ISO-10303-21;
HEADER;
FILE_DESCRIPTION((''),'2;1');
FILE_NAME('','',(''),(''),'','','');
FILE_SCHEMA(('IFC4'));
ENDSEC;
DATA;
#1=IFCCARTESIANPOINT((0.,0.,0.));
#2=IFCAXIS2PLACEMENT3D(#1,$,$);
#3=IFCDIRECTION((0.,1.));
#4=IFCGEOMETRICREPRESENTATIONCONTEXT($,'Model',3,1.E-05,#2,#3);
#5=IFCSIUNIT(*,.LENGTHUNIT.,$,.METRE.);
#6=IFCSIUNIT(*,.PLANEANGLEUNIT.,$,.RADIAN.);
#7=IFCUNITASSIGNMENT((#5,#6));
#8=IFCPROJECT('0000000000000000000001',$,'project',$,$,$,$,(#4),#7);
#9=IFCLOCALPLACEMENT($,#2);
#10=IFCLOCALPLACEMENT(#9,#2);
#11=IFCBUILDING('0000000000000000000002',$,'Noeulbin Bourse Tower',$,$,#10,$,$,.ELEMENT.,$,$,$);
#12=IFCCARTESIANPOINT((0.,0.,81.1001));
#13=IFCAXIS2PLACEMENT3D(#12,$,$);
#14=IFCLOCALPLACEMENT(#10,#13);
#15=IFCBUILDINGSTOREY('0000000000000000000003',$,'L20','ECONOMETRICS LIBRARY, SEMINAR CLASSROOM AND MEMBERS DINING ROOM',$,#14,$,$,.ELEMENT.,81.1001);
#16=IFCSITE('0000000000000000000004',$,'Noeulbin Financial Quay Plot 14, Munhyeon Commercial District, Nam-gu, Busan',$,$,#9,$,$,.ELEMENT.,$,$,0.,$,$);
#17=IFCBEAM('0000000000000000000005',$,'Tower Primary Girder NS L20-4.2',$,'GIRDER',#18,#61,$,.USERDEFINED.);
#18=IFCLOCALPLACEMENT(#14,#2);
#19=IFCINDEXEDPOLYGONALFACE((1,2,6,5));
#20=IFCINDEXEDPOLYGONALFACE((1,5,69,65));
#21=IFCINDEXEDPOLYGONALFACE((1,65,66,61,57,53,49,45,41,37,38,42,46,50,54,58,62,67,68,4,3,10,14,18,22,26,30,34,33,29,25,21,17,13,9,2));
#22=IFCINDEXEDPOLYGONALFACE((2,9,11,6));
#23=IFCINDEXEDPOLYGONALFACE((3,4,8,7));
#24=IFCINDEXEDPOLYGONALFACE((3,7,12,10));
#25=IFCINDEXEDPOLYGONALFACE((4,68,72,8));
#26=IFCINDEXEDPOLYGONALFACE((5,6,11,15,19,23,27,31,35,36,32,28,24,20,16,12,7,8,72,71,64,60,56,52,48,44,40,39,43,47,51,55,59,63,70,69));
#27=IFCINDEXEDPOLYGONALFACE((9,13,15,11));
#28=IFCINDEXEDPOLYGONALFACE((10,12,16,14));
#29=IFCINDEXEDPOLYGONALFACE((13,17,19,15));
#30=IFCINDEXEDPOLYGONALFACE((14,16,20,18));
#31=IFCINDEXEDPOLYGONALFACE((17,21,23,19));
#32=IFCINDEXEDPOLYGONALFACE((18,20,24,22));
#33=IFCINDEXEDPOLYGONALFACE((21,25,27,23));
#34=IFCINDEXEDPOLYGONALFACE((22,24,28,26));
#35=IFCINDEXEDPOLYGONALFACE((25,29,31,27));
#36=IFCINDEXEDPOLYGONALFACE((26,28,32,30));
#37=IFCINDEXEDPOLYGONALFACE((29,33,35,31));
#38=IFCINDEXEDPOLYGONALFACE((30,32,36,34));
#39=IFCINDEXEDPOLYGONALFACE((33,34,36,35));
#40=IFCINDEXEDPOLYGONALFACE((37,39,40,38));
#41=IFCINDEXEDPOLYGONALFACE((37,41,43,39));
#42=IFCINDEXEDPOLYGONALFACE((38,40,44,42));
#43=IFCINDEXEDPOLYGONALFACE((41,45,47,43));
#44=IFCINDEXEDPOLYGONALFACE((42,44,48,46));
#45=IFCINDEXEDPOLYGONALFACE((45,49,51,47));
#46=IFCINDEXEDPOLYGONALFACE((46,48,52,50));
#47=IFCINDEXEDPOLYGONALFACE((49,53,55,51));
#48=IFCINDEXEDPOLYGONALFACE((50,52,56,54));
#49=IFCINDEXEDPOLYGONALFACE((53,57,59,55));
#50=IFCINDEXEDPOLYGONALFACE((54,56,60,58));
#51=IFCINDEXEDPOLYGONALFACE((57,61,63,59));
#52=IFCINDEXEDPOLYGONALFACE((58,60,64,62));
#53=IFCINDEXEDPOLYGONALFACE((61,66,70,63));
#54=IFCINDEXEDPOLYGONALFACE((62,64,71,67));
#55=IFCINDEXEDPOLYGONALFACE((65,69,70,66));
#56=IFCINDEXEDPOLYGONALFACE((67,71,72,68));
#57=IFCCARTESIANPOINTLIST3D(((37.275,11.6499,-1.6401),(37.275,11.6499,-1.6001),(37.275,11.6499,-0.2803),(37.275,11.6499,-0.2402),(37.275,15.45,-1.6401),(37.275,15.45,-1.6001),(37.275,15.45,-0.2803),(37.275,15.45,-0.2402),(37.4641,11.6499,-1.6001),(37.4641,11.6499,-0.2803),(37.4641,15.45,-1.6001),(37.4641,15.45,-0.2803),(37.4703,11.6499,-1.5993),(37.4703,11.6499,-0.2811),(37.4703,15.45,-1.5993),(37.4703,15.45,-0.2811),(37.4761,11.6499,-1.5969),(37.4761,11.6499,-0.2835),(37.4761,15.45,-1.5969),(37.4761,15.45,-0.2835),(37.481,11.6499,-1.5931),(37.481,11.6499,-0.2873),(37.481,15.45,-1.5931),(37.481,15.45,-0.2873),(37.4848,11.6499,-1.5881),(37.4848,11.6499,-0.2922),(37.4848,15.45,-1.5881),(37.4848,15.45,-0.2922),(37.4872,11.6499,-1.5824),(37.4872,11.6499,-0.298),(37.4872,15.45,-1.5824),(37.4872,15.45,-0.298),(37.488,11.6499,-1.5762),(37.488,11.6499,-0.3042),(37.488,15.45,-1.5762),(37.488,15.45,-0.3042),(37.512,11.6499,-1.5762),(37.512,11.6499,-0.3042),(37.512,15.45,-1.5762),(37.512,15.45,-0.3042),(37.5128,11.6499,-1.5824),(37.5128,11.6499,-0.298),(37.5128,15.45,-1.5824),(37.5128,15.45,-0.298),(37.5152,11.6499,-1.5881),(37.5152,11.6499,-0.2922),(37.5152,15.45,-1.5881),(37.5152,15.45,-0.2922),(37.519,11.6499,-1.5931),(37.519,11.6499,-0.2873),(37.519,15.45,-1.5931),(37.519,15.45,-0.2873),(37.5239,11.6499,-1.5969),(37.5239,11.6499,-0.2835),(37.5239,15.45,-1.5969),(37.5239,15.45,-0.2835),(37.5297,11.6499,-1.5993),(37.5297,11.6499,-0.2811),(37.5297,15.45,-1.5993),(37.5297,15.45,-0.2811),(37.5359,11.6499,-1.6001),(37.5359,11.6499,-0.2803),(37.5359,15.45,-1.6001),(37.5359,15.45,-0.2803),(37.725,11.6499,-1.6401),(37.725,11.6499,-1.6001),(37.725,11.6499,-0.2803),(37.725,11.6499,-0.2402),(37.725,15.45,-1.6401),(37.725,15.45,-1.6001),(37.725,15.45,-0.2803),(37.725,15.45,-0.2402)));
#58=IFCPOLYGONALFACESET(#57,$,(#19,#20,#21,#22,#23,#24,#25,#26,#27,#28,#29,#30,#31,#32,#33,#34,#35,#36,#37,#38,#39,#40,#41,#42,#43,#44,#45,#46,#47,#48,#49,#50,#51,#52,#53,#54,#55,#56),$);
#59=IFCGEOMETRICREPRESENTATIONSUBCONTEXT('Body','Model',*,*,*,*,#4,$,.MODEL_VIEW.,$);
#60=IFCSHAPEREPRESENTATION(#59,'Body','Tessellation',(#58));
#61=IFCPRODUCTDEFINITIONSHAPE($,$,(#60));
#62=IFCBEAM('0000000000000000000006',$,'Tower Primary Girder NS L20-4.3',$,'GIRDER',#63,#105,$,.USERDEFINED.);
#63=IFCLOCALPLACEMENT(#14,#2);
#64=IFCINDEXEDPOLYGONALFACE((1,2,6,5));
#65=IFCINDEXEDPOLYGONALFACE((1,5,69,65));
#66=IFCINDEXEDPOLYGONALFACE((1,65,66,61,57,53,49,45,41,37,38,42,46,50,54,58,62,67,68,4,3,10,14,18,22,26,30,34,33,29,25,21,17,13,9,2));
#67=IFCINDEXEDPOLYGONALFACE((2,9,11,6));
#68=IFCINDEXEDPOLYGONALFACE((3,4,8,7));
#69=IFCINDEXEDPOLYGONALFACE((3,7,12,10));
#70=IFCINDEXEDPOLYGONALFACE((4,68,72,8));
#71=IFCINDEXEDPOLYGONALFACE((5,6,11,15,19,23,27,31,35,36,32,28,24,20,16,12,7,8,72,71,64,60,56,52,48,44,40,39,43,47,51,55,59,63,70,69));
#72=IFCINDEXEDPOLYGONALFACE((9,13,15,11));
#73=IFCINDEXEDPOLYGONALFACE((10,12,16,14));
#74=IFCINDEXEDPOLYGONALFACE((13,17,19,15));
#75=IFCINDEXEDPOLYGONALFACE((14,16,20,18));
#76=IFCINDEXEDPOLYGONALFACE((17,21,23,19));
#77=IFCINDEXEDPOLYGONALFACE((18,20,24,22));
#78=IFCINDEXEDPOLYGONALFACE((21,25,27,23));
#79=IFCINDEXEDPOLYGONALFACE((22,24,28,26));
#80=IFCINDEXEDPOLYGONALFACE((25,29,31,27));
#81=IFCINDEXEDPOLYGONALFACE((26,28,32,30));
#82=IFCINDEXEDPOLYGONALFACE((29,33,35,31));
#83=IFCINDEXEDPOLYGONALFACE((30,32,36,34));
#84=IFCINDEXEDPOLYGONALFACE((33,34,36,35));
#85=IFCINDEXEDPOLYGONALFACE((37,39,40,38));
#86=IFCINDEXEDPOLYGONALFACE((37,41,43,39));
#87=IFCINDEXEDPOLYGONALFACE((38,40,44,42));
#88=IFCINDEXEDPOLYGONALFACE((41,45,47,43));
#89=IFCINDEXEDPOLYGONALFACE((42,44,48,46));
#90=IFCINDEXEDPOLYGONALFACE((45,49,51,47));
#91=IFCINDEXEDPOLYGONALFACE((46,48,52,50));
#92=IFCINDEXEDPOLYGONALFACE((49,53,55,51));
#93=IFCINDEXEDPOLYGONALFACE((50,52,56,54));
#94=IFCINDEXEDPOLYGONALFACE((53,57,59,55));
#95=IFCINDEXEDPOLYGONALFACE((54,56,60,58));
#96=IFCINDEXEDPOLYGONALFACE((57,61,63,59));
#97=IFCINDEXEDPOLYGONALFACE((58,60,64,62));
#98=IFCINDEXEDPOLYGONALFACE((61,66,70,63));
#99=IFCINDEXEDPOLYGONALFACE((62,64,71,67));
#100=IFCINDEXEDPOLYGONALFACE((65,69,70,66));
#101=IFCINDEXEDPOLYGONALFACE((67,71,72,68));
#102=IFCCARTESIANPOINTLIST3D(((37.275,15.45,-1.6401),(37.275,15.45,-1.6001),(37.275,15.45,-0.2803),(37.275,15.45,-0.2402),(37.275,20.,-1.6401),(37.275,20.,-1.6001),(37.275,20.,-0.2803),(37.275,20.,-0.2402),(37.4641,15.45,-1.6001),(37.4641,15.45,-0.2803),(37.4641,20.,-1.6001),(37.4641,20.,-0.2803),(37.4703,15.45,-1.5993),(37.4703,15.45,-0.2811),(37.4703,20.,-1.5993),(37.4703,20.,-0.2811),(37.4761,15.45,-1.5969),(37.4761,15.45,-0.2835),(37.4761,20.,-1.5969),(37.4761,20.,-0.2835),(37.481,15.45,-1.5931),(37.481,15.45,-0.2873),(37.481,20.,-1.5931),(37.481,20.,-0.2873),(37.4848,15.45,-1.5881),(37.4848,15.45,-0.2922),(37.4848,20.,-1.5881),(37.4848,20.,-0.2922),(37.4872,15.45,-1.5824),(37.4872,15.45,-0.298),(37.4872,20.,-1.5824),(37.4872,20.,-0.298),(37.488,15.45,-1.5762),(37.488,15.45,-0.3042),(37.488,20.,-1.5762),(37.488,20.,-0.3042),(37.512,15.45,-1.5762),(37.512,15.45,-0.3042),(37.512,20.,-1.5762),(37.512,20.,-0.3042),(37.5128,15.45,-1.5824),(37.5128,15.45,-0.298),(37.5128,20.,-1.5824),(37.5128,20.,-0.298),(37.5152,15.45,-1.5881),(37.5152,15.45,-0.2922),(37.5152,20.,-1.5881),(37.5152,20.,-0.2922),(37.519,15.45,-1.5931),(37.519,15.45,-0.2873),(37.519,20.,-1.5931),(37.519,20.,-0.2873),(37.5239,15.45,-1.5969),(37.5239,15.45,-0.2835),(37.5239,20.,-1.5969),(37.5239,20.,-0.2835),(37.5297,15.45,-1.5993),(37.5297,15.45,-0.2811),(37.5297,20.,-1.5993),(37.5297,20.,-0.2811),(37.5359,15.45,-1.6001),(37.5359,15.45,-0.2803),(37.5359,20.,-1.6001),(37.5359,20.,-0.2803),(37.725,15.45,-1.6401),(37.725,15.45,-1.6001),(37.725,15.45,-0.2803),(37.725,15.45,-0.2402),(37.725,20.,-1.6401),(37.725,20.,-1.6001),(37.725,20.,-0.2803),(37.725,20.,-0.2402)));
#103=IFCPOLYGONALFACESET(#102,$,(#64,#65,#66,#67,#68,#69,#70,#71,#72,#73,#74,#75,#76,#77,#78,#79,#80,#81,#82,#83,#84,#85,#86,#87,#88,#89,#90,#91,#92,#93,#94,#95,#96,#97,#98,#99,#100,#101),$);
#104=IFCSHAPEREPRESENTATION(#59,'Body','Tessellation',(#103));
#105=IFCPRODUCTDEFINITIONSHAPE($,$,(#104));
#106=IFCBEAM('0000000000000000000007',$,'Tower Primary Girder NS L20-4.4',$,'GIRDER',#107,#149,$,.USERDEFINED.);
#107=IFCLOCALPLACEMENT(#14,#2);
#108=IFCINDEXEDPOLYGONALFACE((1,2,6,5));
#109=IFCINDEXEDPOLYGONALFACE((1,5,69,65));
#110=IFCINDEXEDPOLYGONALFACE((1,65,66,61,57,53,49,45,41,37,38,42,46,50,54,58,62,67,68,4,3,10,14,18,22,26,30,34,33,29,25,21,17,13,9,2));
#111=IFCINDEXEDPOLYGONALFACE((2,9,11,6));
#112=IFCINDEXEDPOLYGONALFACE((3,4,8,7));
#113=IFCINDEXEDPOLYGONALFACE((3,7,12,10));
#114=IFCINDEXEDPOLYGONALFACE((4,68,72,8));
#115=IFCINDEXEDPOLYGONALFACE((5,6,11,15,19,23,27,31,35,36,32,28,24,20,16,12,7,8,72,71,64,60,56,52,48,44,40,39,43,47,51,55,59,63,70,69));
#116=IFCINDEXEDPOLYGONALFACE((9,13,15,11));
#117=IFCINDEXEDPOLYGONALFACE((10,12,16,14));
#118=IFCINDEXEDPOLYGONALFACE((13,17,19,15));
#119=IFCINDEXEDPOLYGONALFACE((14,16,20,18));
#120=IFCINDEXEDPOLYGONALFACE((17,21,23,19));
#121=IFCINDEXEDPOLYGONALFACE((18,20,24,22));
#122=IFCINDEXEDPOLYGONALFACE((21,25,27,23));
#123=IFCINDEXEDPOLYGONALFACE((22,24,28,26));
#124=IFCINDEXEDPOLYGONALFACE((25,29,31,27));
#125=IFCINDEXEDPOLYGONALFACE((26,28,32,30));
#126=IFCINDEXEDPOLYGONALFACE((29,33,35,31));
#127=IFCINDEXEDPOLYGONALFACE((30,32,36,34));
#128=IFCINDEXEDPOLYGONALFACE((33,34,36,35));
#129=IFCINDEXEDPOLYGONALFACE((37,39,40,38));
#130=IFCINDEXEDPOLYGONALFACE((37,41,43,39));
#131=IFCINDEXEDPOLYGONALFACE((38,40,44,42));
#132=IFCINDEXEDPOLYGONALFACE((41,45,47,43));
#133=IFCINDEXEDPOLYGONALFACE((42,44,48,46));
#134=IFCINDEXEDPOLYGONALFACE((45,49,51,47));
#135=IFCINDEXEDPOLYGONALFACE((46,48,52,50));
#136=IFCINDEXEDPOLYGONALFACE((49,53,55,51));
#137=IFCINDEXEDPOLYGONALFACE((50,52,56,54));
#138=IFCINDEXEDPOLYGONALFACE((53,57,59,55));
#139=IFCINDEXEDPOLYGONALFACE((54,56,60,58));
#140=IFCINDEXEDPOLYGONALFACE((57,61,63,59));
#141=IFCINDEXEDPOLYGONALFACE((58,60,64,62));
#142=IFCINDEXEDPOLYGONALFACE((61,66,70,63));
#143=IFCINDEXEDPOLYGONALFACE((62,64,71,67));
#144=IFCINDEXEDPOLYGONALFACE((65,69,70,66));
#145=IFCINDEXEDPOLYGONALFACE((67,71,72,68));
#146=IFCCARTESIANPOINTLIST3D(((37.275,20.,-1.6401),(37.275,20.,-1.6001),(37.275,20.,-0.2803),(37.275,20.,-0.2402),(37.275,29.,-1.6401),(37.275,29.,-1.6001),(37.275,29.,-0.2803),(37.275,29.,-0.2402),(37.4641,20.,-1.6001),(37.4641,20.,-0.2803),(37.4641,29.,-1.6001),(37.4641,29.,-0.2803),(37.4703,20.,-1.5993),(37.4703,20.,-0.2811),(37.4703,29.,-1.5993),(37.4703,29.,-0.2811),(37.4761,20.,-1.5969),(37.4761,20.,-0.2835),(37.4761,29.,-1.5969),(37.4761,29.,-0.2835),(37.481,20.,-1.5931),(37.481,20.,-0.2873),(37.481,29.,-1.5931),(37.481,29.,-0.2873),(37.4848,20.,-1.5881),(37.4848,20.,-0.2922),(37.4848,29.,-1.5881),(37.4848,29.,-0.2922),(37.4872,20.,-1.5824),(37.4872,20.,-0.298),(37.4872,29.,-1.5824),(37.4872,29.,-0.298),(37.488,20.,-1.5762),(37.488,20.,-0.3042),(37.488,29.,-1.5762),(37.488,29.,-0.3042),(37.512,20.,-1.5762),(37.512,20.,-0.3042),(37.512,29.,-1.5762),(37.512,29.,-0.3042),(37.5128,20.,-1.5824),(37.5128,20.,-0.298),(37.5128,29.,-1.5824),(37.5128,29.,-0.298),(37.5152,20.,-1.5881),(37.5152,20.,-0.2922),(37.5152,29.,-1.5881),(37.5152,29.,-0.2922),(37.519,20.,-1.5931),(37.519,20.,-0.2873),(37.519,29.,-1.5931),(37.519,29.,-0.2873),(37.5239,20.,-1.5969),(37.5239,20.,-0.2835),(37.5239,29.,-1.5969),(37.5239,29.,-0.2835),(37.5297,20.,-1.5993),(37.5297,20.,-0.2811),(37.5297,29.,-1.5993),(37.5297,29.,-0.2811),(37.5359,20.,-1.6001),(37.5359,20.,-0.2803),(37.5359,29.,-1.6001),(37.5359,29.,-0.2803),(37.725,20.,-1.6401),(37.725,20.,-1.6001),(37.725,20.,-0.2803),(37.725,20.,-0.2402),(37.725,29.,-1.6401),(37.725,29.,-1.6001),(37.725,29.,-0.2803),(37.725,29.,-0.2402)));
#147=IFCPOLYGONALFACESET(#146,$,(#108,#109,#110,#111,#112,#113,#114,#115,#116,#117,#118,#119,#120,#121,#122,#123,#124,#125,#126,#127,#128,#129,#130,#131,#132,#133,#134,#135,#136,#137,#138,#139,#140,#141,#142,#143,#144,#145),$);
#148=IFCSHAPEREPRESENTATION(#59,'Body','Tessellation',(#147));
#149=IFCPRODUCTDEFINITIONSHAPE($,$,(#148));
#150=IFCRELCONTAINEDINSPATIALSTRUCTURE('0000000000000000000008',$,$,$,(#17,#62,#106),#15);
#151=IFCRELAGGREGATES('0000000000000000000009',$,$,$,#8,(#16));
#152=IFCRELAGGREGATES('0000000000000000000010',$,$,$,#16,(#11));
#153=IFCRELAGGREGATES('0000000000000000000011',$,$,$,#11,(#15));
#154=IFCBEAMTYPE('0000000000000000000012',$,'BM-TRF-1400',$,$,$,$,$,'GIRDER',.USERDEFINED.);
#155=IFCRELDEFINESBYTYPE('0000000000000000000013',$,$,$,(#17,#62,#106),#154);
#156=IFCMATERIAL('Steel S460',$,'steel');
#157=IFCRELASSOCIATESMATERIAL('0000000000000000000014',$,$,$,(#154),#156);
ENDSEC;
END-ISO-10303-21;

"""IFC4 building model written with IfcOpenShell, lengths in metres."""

from ifc_helpers import new_model, si_unit, direction, frame, origin, origin_2d, place, context, subcontext, project, spatial, i_section, extrude, material, material_profile, profile_set, type_object, element, save


model = new_model("IFC4")

# Units and contexts
model_context = context("Model", 3, precision=1e-05, world=origin(), true_north=direction((0.0, 1.0)))
body_context = subcontext(model_context, "Body", "Model", "MODEL_VIEW")
ifc_project = project(units=[si_unit("LENGTHUNIT", "METRE"), si_unit("PLANEANGLEUNIT", "RADIAN")], contexts=[model_context])

# Site, building, storey
site_placement = place(None, origin())
site = spatial("IfcSite", under=ifc_project, at=site_placement, Name="Noeulbin Financial Quay Plot 14, Munhyeon Commercial District, Nam-gu, Busan", CompositionType="ELEMENT", RefElevation=0.0)
building_placement = place(site_placement, origin())
building = spatial("IfcBuilding", under=site, at=building_placement, Name="Noeulbin Bourse Tower", CompositionType="ELEMENT")
storey_placement = place(building_placement, frame((0.0, 0.0, 81.1001)))
storey = spatial("IfcBuildingStorey", under=building, at=storey_placement, Name="L20", Description="ECONOMETRICS LIBRARY, SEMINAR CLASSROOM AND MEMBERS DINING ROOM", CompositionType="ELEMENT", Elevation=81.1001)

# Shared definitions
ifc_material_1 = material(Name="Steel S460", Category="steel")

# Beams
ifc_material_profile_1 = material_profile(ifc_material_1, i_section(OverallWidth=0.45, OverallDepth=1.3999, WebThickness=0.0239, FlangeThickness=0.04, FilletRadius=0.0239, at=origin_2d()), Name="PG-1400x450x24x40", Category="LoadBearing")
ifc_profile_set_1 = profile_set([ifc_material_profile_1], Name="Steel S460")
beam_type_1 = type_object("IfcBeamType", Name="BM-TRF-1400", ElementType="GIRDER", PredefinedType="USERDEFINED", material=ifc_profile_set_1)
beam_1_placement = place(storey_placement, frame((37.5, 11.6499, -0.9402), z_axis=(0.0, 1.0, 0.0), x_axis=(-1.0, 0.0, 0.0)))
element("IfcBeam", 1, at=beam_1_placement, inside=storey, type_object=beam_type_1, Name="Tower Primary Girder NS L20-4.2", ObjectType="GIRDER", PredefinedType="USERDEFINED", context=body_context, shape_type="SweptSolid", body=[
    extrude(i_section(OverallWidth=0.45, OverallDepth=1.3999, WebThickness=0.0239, FlangeThickness=0.04, FilletRadius=0.0239, at=origin_2d()), origin(), (0.0, 0.0, 1.0), 3.8),
])
beam_2_placement = place(storey_placement, frame((37.5, 15.45, -0.9402), z_axis=(0.0, 1.0, 0.0), x_axis=(-1.0, 0.0, 0.0)))
element("IfcBeam", 2, at=beam_2_placement, inside=storey, type_object=beam_type_1, Name="Tower Primary Girder NS L20-4.3", ObjectType="GIRDER", PredefinedType="USERDEFINED", context=body_context, shape_type="SweptSolid", body=[
    extrude(i_section(OverallWidth=0.45, OverallDepth=1.3999, WebThickness=0.0239, FlangeThickness=0.04, FilletRadius=0.0239, at=origin_2d()), origin(), (0.0, 0.0, 1.0), 4.55),
])
beam_3_placement = place(storey_placement, frame((37.5, 20.0, -0.9402), z_axis=(0.0, 1.0, 0.0), x_axis=(-1.0, 0.0, 0.0)))
element("IfcBeam", 3, at=beam_3_placement, inside=storey, type_object=beam_type_1, Name="Tower Primary Girder NS L20-4.4", ObjectType="GIRDER", PredefinedType="USERDEFINED", context=body_context, shape_type="SweptSolid", body=[
    extrude(i_section(OverallWidth=0.45, OverallDepth=1.3999, WebThickness=0.0239, FlangeThickness=0.04, FilletRadius=0.0239, at=origin_2d()), origin(), (0.0, 0.0, 1.0), 9.0),
])

save(model, "model.ifc")
